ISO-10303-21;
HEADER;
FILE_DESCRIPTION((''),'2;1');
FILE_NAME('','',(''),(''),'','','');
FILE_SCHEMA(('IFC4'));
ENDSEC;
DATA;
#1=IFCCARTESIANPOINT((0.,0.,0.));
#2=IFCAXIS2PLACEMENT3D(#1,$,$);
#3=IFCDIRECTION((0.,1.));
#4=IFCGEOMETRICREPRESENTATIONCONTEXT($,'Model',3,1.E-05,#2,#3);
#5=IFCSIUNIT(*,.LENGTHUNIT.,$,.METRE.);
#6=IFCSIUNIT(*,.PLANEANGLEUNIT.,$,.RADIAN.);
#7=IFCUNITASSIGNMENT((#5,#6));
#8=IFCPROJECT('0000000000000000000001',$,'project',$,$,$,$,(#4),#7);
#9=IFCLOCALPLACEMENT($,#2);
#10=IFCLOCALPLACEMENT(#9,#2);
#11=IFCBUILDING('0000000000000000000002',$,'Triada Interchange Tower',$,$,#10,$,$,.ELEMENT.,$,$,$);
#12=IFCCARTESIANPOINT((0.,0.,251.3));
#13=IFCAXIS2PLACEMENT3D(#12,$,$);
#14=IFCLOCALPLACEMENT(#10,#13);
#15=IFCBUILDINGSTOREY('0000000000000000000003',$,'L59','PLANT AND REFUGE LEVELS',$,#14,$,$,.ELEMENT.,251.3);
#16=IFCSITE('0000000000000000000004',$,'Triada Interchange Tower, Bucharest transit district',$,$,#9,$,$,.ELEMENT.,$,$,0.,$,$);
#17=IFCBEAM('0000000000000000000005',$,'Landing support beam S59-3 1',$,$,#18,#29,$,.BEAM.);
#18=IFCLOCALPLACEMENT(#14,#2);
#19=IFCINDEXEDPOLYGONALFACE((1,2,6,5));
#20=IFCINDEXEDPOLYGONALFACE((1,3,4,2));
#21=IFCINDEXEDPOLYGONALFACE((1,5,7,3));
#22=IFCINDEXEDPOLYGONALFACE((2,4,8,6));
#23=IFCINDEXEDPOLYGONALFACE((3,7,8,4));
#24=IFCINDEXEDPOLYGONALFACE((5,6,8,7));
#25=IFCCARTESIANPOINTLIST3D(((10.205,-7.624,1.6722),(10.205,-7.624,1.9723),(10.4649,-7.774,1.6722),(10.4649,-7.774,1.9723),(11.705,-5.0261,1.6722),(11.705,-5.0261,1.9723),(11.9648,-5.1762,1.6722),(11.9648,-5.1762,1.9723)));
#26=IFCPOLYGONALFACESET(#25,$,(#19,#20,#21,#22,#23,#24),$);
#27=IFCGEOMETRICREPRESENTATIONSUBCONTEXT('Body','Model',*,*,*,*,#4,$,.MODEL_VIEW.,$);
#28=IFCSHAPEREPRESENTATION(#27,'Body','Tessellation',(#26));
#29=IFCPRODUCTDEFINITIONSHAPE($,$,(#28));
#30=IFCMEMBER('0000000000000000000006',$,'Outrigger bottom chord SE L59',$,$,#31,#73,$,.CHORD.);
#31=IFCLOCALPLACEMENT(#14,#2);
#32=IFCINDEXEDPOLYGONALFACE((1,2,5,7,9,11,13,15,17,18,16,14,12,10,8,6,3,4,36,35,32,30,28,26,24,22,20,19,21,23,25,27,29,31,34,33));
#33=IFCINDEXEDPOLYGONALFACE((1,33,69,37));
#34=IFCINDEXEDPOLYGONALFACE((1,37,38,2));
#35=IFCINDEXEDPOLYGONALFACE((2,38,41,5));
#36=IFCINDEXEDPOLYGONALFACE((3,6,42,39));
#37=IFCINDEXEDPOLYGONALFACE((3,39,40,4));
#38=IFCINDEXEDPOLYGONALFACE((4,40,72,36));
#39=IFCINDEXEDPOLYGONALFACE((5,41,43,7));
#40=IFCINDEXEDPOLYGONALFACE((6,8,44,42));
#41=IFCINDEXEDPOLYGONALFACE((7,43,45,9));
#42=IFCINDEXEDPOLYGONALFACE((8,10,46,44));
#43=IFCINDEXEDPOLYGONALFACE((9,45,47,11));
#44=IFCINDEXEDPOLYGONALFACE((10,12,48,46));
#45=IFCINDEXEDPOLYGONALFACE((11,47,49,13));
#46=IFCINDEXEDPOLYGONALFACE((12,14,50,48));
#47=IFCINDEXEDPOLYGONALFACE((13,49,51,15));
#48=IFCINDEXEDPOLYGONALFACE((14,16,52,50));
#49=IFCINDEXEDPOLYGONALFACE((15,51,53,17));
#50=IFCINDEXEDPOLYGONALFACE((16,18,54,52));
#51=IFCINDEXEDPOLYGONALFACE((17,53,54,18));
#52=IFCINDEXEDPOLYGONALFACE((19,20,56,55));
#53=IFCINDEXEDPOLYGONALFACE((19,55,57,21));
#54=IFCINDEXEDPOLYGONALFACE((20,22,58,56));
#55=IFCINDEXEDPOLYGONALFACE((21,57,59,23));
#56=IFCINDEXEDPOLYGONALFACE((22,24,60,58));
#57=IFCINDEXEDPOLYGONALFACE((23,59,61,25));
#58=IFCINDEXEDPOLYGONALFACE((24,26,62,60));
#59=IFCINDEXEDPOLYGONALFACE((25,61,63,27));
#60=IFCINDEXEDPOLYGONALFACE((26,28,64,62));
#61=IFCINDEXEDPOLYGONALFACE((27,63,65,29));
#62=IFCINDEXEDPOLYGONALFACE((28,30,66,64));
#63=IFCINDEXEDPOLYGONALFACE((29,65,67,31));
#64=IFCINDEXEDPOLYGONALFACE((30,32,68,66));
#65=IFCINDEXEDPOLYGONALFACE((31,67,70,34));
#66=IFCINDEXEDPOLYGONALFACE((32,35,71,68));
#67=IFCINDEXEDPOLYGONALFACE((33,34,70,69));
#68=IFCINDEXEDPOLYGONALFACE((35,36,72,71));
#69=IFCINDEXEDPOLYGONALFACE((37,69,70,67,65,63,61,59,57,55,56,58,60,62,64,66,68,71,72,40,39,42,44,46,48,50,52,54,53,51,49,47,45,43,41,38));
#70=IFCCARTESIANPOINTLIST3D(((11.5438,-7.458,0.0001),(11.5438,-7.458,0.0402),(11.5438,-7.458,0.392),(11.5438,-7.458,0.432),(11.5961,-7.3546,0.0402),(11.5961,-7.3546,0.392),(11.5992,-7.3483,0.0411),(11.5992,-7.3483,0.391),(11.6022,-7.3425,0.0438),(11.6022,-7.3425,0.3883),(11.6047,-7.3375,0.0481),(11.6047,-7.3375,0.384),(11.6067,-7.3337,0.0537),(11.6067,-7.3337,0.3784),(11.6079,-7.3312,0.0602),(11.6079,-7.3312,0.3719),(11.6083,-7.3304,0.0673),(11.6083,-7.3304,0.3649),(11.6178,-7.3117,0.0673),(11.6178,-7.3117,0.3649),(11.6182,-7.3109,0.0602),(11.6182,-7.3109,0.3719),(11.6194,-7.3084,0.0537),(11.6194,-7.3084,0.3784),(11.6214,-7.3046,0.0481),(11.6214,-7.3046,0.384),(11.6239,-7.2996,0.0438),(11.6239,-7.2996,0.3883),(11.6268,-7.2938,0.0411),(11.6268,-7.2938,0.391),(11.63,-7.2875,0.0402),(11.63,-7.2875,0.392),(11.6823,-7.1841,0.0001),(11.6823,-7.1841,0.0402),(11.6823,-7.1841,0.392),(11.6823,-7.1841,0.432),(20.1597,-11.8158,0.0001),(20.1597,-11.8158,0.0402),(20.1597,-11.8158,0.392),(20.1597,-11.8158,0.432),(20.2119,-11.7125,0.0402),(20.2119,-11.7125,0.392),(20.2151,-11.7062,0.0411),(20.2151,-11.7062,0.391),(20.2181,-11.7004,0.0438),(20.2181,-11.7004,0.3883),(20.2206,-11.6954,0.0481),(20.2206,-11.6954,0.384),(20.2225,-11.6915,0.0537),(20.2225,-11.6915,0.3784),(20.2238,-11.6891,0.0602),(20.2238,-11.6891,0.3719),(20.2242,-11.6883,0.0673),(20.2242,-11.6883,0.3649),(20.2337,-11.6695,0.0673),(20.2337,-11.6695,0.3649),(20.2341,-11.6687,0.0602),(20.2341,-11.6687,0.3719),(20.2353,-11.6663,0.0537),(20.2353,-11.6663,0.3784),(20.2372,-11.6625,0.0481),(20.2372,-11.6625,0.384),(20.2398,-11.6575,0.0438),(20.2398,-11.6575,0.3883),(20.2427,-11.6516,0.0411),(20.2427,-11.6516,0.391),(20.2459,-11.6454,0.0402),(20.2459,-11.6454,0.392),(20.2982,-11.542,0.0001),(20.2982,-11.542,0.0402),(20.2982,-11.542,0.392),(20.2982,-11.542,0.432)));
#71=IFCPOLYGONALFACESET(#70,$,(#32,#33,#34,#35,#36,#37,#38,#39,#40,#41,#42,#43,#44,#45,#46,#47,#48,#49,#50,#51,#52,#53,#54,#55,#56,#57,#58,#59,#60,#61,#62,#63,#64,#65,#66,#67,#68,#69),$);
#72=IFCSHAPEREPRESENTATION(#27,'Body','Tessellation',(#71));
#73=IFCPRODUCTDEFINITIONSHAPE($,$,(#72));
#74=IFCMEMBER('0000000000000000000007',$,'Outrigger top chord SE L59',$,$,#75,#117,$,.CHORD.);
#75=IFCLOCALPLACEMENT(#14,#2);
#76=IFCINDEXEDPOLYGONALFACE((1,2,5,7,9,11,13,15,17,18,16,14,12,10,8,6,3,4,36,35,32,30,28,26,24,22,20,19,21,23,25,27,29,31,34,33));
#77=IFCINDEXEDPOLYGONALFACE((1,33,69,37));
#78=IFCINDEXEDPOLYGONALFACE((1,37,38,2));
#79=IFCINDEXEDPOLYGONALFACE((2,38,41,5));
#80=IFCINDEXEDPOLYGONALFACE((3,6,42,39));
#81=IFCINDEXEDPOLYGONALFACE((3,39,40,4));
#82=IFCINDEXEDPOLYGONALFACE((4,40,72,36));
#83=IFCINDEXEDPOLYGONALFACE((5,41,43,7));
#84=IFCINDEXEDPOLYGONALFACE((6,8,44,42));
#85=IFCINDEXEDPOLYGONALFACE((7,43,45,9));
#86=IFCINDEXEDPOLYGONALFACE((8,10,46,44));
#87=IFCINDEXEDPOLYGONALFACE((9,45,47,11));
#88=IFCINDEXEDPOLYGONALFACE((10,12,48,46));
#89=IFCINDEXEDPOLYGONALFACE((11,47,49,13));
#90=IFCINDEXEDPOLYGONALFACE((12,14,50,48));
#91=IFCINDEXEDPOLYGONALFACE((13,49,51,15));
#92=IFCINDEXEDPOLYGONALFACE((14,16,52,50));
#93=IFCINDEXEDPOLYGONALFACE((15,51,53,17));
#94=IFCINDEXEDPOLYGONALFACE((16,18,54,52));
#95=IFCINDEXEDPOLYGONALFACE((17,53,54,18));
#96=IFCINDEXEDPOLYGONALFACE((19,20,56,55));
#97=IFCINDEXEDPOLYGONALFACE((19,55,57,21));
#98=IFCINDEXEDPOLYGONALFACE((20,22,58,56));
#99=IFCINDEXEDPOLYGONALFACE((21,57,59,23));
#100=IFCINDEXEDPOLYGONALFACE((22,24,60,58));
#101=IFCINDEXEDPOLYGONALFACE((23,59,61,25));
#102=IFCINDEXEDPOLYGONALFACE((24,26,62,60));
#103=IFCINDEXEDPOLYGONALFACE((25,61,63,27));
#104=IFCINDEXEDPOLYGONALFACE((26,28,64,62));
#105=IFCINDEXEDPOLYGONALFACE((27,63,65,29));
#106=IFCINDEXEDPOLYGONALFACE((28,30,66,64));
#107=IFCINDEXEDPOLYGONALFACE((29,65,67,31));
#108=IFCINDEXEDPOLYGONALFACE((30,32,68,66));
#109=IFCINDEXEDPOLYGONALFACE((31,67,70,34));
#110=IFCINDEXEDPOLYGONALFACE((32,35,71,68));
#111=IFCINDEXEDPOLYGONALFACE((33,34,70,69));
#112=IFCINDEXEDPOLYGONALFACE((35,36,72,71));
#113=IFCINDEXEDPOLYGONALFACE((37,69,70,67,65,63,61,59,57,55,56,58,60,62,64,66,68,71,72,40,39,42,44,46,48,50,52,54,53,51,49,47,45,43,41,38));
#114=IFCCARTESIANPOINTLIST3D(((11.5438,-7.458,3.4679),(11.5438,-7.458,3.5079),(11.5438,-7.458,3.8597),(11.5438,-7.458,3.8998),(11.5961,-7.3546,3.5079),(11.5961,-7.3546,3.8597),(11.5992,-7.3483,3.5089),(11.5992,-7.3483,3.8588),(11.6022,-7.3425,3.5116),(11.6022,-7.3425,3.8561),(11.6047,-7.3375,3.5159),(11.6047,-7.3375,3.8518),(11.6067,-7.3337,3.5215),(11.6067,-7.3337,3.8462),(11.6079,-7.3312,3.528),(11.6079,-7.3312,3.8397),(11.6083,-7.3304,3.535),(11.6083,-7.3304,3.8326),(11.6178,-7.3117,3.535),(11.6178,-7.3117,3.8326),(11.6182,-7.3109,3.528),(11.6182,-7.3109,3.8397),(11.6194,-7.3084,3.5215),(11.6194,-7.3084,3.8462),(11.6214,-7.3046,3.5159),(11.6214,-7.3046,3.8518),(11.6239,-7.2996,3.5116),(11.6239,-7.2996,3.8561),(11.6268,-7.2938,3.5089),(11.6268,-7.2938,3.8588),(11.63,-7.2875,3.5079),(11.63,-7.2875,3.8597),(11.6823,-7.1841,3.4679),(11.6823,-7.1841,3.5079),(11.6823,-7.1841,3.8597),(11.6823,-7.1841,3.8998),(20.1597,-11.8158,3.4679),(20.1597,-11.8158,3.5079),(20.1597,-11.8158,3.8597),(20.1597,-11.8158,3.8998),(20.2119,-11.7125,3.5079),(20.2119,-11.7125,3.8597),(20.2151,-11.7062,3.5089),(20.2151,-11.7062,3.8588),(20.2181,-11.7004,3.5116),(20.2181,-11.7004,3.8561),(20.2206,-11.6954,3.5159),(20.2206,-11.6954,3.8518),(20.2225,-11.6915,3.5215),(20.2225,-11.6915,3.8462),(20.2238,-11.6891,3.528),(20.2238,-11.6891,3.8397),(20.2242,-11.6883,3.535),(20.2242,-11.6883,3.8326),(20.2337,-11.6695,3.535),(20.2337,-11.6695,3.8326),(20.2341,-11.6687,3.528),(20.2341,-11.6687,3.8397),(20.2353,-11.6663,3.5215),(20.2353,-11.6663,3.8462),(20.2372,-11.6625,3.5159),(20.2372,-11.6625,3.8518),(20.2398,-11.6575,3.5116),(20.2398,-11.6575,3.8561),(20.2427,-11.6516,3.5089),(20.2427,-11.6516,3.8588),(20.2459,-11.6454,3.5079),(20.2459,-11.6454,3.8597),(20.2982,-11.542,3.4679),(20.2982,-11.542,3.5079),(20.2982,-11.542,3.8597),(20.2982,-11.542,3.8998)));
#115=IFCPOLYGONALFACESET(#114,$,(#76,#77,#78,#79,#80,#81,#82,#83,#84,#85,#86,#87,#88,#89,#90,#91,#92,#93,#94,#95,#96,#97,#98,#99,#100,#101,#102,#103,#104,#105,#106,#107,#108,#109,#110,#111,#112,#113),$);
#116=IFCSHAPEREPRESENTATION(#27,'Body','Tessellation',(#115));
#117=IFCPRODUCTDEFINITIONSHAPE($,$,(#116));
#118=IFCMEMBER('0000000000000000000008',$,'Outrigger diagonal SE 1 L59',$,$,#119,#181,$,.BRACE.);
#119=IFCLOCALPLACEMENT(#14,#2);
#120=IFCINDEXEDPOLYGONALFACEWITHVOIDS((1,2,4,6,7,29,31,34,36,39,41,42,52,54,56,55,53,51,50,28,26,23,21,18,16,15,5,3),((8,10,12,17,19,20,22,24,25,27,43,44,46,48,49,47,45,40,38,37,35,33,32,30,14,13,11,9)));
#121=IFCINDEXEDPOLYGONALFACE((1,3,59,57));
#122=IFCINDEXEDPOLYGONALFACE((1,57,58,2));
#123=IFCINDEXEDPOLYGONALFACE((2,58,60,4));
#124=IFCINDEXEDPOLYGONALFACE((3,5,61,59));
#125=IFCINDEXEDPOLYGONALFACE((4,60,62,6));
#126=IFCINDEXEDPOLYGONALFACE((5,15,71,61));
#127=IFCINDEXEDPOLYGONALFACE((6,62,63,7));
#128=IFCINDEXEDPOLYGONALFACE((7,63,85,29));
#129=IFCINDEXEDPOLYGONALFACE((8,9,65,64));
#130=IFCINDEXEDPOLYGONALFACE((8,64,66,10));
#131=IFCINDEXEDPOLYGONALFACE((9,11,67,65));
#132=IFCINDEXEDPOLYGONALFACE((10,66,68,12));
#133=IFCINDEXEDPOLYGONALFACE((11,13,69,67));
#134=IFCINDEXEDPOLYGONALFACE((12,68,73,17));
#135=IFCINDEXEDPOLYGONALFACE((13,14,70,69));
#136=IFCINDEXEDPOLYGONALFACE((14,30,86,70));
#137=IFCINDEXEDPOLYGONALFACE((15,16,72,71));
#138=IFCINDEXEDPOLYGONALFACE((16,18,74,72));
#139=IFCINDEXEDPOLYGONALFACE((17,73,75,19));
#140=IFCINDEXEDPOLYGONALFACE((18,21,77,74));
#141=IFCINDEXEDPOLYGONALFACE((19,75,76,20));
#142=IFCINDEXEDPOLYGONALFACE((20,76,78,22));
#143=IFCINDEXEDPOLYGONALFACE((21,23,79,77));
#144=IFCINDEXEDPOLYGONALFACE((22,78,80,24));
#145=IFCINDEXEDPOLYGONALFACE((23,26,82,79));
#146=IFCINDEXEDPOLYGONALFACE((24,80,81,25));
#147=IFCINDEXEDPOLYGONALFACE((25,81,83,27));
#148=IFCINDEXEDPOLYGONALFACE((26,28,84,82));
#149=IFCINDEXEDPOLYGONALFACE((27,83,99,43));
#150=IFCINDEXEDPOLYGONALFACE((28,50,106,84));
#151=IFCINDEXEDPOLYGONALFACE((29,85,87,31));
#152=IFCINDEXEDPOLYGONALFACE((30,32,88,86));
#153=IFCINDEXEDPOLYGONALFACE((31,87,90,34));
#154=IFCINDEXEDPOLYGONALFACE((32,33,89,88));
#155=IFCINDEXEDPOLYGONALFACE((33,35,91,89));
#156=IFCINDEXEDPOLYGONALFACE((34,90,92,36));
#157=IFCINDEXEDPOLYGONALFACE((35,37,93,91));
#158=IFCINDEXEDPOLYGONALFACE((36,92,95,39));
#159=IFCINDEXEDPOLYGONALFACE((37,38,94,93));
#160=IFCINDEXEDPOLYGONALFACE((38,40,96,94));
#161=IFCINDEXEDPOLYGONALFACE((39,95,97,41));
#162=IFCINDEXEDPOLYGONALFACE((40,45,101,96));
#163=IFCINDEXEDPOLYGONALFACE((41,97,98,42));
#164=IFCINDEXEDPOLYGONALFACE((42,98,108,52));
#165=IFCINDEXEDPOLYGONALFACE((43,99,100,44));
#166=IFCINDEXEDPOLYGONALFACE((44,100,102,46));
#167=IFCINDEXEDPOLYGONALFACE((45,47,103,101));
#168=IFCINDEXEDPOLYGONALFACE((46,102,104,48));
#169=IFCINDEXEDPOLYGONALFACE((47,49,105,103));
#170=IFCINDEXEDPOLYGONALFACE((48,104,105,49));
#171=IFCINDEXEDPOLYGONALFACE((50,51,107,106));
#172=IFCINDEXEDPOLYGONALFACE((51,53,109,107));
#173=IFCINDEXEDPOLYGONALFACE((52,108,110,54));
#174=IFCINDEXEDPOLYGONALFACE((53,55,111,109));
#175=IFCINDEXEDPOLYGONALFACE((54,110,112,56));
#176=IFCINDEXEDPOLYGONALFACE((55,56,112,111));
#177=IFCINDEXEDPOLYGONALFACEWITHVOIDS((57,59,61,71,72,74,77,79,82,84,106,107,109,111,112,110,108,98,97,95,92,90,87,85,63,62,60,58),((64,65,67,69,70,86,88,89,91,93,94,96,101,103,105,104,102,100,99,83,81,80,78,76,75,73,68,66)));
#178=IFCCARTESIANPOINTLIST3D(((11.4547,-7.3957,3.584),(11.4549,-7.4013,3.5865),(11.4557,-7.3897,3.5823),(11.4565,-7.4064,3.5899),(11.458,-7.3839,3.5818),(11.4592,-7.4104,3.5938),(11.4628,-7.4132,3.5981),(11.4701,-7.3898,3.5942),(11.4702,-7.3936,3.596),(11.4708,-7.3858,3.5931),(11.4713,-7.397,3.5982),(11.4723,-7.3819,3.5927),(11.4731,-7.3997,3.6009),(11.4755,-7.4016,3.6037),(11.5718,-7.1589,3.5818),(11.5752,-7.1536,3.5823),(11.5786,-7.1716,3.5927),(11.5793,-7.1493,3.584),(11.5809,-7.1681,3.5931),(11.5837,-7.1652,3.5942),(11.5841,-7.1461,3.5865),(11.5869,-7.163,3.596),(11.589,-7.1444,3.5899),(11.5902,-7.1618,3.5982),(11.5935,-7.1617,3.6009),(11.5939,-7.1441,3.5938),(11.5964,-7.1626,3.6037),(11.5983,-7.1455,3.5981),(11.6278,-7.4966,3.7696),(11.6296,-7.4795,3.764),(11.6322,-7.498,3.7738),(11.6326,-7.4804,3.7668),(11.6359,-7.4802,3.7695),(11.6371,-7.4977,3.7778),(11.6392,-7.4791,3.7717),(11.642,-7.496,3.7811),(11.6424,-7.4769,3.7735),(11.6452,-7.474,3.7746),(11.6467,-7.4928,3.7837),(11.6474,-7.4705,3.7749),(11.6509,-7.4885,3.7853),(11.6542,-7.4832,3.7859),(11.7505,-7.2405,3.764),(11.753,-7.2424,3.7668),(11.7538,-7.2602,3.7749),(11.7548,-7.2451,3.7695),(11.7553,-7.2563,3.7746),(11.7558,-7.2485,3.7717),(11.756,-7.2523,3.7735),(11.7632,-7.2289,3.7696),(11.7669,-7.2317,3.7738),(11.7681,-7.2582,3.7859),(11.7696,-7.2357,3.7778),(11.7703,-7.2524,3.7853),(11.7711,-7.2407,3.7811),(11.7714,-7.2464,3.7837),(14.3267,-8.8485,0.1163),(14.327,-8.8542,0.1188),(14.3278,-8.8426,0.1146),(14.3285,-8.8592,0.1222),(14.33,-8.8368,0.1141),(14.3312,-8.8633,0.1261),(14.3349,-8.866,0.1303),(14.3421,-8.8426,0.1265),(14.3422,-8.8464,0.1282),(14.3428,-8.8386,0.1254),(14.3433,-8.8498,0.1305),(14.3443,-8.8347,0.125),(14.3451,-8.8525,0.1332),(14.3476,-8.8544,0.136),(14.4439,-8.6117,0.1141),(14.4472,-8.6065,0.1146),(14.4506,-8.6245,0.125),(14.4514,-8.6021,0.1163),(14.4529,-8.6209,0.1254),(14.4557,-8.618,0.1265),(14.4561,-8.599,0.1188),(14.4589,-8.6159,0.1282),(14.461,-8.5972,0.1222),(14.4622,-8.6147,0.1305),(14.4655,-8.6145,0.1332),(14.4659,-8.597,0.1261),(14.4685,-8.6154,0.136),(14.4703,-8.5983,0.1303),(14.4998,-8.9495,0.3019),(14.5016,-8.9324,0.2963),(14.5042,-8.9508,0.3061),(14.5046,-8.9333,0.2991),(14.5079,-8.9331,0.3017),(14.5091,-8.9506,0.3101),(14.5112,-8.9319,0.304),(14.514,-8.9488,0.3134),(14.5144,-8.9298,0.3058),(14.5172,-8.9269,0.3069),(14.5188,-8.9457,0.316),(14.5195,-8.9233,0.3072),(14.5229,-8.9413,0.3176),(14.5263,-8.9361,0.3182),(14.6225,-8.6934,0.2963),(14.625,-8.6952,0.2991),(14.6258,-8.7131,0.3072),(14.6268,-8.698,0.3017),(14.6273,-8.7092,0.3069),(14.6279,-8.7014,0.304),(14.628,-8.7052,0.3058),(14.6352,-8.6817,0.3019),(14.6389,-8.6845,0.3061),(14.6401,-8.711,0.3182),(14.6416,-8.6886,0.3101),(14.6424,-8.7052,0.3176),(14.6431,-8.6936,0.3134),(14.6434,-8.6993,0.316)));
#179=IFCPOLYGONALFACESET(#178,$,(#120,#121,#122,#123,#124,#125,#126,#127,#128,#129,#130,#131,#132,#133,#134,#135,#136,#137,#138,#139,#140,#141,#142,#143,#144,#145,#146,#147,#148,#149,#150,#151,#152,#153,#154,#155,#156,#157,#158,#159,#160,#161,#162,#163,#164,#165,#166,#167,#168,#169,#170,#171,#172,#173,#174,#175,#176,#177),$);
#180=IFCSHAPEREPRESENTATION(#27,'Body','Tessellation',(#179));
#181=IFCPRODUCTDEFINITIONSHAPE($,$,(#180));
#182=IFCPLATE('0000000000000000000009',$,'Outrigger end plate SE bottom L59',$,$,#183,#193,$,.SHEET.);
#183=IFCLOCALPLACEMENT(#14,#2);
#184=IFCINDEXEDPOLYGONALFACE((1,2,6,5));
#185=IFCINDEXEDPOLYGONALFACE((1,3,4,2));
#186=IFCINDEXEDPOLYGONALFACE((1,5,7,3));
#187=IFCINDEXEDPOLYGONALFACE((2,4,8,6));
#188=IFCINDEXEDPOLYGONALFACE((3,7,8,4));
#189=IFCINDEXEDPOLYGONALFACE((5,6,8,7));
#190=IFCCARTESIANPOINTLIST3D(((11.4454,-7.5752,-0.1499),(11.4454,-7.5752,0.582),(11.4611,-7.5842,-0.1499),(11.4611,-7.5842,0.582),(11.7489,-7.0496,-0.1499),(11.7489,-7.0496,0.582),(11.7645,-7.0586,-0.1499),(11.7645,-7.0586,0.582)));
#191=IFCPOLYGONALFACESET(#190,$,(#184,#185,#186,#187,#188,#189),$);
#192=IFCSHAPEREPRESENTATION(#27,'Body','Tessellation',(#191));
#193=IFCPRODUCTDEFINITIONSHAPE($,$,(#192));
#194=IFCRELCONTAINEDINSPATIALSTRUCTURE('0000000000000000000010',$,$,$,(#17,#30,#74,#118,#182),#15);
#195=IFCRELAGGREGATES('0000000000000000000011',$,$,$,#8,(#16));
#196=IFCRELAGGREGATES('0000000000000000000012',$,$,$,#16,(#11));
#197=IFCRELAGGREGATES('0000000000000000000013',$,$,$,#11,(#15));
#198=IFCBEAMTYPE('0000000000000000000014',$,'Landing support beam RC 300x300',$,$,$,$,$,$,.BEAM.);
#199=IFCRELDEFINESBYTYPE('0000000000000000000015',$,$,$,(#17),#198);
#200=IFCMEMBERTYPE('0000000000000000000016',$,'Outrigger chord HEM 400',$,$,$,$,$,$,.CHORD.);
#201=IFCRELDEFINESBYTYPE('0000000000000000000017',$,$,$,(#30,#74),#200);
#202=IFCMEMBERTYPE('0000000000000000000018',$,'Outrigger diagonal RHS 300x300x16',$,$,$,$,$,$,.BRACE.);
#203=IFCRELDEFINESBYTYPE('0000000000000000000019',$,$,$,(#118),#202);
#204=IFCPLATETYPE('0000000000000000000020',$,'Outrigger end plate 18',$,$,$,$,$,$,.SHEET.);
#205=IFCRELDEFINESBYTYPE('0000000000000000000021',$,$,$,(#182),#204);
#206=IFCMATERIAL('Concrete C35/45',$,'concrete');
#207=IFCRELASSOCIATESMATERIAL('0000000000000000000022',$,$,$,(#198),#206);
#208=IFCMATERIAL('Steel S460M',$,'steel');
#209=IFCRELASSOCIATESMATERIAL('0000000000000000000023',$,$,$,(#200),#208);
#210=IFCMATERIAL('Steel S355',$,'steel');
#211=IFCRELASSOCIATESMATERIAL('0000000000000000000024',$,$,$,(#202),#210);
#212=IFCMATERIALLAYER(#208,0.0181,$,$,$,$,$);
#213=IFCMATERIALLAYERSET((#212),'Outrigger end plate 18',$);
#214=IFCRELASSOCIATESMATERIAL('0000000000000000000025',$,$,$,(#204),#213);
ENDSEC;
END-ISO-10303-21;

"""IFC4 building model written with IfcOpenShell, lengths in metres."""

from ifc_helpers import new_model, si_unit, direction, frame, origin, origin_2d, place, context, subcontext, project, spatial, rectangle, hollow_rectangle, i_section, extrude, material, layer, layer_set, material_profile, profile_set, type_object, element, save


model = new_model("IFC4")

# Units and contexts
model_context = context("Model", 3, precision=1e-05, world=origin(), true_north=direction((0.0, 1.0)))
body_context = subcontext(model_context, "Body", "Model", "MODEL_VIEW")
ifc_project = project(units=[si_unit("LENGTHUNIT", "METRE"), si_unit("PLANEANGLEUNIT", "RADIAN")], contexts=[model_context])

# Site, building, storey
site_placement = place(None, origin())
site = spatial("IfcSite", under=ifc_project, at=site_placement, Name="Triada Interchange Tower, Bucharest transit district", CompositionType="ELEMENT", RefElevation=0.0)
building_placement = place(site_placement, origin())
building = spatial("IfcBuilding", under=site, at=building_placement, Name="Triada Interchange Tower", CompositionType="ELEMENT")
storey_placement = place(building_placement, frame((0.0, 0.0, 251.3)))
storey = spatial("IfcBuildingStorey", under=building, at=storey_placement, Name="L59", Description="PLANT AND REFUGE LEVELS", CompositionType="ELEMENT", Elevation=251.3)

# Beam
ifc_material_1 = material(Name="Concrete C35/45", Category="concrete")
ifc_material_profile_1 = material_profile(ifc_material_1, rectangle(XDim=0.3, YDim=0.3, at=origin_2d()), Name="RC 300x300")
ifc_profile_set_1 = profile_set([ifc_material_profile_1], Name="Concrete C35/45")
beam_type = type_object("IfcBeamType", Name="Landing support beam RC 300x300", PredefinedType="BEAM", material=ifc_profile_set_1)
beam_placement = place(storey_placement, frame((10.335, -7.699, 1.8223), z_axis=(0.500025, 0.866011, 0.0), x_axis=(-0.866011, 0.500025, 0.0)))
element("IfcBeam", 1, at=beam_placement, inside=storey, type_object=beam_type, Name="Landing support beam S59-3 1", PredefinedType="BEAM", context=body_context, shape_type="SweptSolid", body=[
    extrude(rectangle(XDim=0.3, YDim=0.3, at=origin_2d()), origin(), (0.0, 0.0, 1.0), 2.9998),
])

# Members
ifc_material_2 = material(Name="Steel S460M", Category="steel")
ifc_material_profile_2 = material_profile(ifc_material_2, i_section(OverallWidth=0.3069, OverallDepth=0.4319, WebThickness=0.021, FlangeThickness=0.04, FilletRadius=0.0271, at=origin_2d()), Name="HEM 400")
ifc_profile_set_2 = profile_set([ifc_material_profile_2], Name="Steel S460M")
member_type_1 = type_object("IfcMemberType", Name="Outrigger chord HEM 400", PredefinedType="CHORD", material=ifc_profile_set_2)
for number, where, z_axis, x_axis, name in (
    (2, (11.613, -7.321, 0.2161), (0.892349, -0.451346, 0.0), (0.451346, 0.892349, 0.0), "Outrigger bottom chord SE L59"),
    (3, (11.613, -7.321, 3.6838), (0.892349, -0.451346, 0.0), (0.451346, 0.892349, 0.0), "Outrigger top chord SE L59"),
):
    element("IfcMember", number, at=place(storey_placement, frame(where, z_axis=z_axis, x_axis=x_axis)), inside=storey, type_object=member_type_1, Name=name, PredefinedType="CHORD", context=body_context, shape_type="SweptSolid", body=[
        extrude(i_section(OverallWidth=0.3069, OverallDepth=0.4319, WebThickness=0.021, FlangeThickness=0.04, FilletRadius=0.0271, at=origin_2d()), origin(), (0.0, 0.0, 1.0), 9.6553),
    ])
ifc_material_3 = material(Name="Steel S355", Category="steel")
ifc_material_profile_3 = material_profile(ifc_material_3, hollow_rectangle(XDim=0.3, YDim=0.3, WallThickness=0.0161, InnerFilletRadius=0.0161, OuterFilletRadius=0.0239, at=origin_2d()), Name="RHS 300x300x16")
ifc_profile_set_3 = profile_set([ifc_material_profile_3], Name="Steel S355")
member_type_2 = type_object("IfcMemberType", Name="Outrigger diagonal RHS 300x300x16", PredefinedType="BRACE", material=ifc_profile_set_3)
member_placement = place(storey_placement, frame((11.613, -7.321, 3.6838), z_axis=(0.607037, -0.307079, -0.732945), x_axis=(0.451396, 0.892324, 0.0)))
element("IfcMember", 4, at=member_placement, inside=storey, type_object=member_type_2, Name="Outrigger diagonal SE 1 L59", PredefinedType="BRACE", context=body_context, shape_type="SweptSolid", body=[
    extrude(hollow_rectangle(XDim=0.3, YDim=0.3, WallThickness=0.0161, InnerFilletRadius=0.0161, OuterFilletRadius=0.0239, at=origin_2d()), origin(), (0.0, 0.0, 1.0), 4.7312),
])

# Plate
ifc_layer_1 = layer(ifc_material_2, 0.0181)
ifc_layer_set_1 = layer_set([ifc_layer_1], Name="Outrigger end plate 18")
plate_type = type_object("IfcPlateType", Name="Outrigger end plate 18", PredefinedType="SHEET", material=ifc_layer_set_1)
for number, where, z_axis, x_axis, name in (
    (5, (11.605, -7.3169, -0.1499), (0.0, 0.0, 1.0), (0.866025, -0.5, 0.0), "Outrigger end plate SE bottom L59"),
):
    element("IfcPlate", number, at=place(storey_placement, frame(where, z_axis=z_axis, x_axis=x_axis)), inside=storey, type_object=plate_type, Name=name, PredefinedType="SHEET", context=body_context, shape_type="SweptSolid", body=[
        extrude(rectangle(XDim=0.0181, YDim=0.6069, at=origin_2d()), origin(), (0.0, 0.0, 1.0), 0.7319),
    ])

save(model, "model.ifc")
